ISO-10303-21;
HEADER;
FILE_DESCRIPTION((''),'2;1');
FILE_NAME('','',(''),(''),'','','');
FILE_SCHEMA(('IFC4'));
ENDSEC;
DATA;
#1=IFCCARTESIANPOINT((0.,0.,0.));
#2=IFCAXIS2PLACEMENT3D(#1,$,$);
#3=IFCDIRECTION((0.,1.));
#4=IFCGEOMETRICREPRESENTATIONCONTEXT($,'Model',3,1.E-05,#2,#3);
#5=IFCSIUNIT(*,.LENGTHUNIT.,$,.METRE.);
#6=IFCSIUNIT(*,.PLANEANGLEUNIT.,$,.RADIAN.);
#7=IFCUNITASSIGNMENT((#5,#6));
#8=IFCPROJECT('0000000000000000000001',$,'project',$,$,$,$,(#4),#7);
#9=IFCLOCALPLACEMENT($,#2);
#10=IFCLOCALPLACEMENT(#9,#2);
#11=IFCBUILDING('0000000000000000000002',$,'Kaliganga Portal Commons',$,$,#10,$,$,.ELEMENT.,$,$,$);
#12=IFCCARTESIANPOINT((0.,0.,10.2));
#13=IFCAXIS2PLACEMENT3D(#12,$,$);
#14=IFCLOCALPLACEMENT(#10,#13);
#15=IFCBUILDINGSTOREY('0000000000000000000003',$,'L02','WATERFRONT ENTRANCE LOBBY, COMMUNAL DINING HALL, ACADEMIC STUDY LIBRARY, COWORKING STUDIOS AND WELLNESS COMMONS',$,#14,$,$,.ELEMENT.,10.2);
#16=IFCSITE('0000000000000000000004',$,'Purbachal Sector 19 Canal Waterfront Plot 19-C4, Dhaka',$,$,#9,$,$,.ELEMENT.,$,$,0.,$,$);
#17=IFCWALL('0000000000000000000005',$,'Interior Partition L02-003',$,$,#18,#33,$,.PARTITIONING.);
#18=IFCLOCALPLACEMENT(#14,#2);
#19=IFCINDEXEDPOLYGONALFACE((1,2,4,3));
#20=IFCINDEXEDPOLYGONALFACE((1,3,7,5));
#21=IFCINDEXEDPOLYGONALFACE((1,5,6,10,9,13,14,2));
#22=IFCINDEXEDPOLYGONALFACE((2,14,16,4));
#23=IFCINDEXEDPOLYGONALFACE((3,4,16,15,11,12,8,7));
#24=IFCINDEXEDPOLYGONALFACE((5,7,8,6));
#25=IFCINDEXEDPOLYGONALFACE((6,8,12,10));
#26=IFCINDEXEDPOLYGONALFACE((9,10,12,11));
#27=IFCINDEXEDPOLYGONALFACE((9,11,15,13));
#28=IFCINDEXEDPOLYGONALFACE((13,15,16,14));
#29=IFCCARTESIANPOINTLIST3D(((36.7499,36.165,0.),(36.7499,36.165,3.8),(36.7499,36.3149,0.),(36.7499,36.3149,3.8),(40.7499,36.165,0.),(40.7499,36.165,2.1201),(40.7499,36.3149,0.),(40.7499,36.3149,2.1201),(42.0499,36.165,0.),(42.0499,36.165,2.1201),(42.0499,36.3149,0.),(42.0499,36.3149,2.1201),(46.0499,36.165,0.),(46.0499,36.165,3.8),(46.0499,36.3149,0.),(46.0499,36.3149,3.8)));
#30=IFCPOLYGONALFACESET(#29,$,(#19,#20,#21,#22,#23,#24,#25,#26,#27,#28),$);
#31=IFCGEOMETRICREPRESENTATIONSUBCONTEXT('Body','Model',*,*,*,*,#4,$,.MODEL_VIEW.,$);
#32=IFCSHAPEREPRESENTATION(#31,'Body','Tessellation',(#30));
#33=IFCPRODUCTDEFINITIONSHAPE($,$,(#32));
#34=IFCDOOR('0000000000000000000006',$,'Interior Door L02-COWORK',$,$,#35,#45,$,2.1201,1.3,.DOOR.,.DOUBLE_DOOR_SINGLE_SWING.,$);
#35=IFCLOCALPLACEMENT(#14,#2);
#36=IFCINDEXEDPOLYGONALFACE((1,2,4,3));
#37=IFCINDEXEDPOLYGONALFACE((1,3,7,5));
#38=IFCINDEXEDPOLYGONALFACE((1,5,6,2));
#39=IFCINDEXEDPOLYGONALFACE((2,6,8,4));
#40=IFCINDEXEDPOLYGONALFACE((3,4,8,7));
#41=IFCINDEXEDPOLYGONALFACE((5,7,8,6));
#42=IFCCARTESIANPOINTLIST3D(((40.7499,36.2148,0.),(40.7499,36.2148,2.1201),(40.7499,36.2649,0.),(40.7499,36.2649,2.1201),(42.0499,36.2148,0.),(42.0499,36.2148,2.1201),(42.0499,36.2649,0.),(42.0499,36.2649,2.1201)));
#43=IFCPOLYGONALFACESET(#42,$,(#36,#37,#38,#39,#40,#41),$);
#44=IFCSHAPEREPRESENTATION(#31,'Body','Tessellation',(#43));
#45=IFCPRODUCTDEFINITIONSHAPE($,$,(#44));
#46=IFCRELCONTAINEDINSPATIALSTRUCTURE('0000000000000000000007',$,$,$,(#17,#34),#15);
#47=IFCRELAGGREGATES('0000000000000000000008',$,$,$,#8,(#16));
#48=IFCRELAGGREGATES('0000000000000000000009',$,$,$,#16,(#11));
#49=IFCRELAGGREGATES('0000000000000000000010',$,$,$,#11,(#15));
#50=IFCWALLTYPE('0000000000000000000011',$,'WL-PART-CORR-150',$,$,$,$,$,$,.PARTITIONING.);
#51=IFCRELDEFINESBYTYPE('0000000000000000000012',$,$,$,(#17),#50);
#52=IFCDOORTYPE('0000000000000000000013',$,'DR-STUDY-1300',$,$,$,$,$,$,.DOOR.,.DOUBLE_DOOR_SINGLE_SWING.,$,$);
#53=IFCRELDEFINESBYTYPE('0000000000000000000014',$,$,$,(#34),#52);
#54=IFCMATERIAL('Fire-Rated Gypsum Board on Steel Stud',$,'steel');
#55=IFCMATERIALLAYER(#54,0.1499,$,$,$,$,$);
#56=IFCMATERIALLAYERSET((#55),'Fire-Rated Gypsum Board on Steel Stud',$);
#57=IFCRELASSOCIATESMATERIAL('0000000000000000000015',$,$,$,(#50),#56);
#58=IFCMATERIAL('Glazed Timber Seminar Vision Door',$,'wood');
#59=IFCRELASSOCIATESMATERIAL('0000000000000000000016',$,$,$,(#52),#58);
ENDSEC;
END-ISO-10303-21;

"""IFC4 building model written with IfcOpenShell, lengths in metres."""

from ifc_helpers import new_model, si_unit, direction, frame, frame_2d, origin, place, context, subcontext, project, spatial, rectangle, extrude, material, layer, layer_set, type_object, element, fill, save


model = new_model("IFC4")

# Units and contexts
model_context = context("Model", 3, precision=1e-05, world=origin(), true_north=direction((0.0, 1.0)))
body_context = subcontext(model_context, "Body", "Model", "MODEL_VIEW")
ifc_project = project(units=[si_unit("LENGTHUNIT", "METRE"), si_unit("PLANEANGLEUNIT", "RADIAN")], contexts=[model_context])

# Site, building, storey
site_placement = place(None, origin())
site = spatial("IfcSite", under=ifc_project, at=site_placement, Name="Purbachal Sector 19 Canal Waterfront Plot 19-C4, Dhaka", CompositionType="ELEMENT", RefElevation=0.0)
building_placement = place(site_placement, origin())
building = spatial("IfcBuilding", under=site, at=building_placement, Name="Kaliganga Portal Commons", CompositionType="ELEMENT")
storey_placement = place(building_placement, frame((0.0, 0.0, 10.2)))
storey = spatial("IfcBuildingStorey", under=building, at=storey_placement, Name="L02", Description="WATERFRONT ENTRANCE LOBBY, COMMUNAL DINING HALL, ACADEMIC STUDY LIBRARY, COWORKING STUDIOS AND WELLNESS COMMONS", CompositionType="ELEMENT", Elevation=10.2)

# Wall, opening, door
ifc_material_1 = material(Name="Fire-Rated Gypsum Board on Steel Stud", Category="steel")
ifc_layer_1 = layer(ifc_material_1, 0.1499)
ifc_layer_set_1 = layer_set([ifc_layer_1], Name="Fire-Rated Gypsum Board on Steel Stud")
wall_type = type_object("IfcWallType", Name="WL-PART-CORR-150", PredefinedType="PARTITIONING", material=ifc_layer_set_1)
wall_placement = place(storey_placement, frame((36.75, 36.24, 0.0), z_axis=(0.0, 0.0, 1.0), x_axis=(1.0, 0.0, 0.0)))
wall = element("IfcWall", 1, at=wall_placement, inside=storey, type_object=wall_type, Name="Interior Partition L02-003", PredefinedType="PARTITIONING", context=body_context, shape_type="SweptSolid", body=[
    extrude(rectangle(XDim=9.3, YDim=0.1499, at=frame_2d((4.6499, 0.0))), origin(), (0.0, 0.0, 1.0), 3.8),
])
opening_placement = place(wall_placement, frame((4.0, 0.0, 0.0)))
opening = element("IfcOpeningElement", 2, at=opening_placement, cuts=wall, PredefinedType="OPENING", context=body_context, shape_type="SweptSolid", body=[
    extrude(rectangle(XDim=1.3, YDim=2.1201, at=frame_2d((0.6499, 1.0601))), frame((0.0, 0.085, 0.0), z_axis=(0.0, -1.0, 0.0), x_axis=(1.0, 0.0, 0.0)), (0.0, 0.0, 1.0), 0.1699),
])
ifc_material_2 = material(Name="Glazed Timber Seminar Vision Door", Category="wood")
door_type = type_object("IfcDoorType", Name="DR-STUDY-1300", OperationType="DOUBLE_DOOR_SINGLE_SWING", PredefinedType="DOOR", material=ifc_material_2)
door_placement = place(opening_placement, origin())
door = element("IfcDoor", 3, at=door_placement, inside=storey, type_object=door_type, Name="Interior Door L02-COWORK", OperationType="DOUBLE_DOOR_SINGLE_SWING", OverallHeight=2.1201, OverallWidth=1.3, PredefinedType="DOOR", context=body_context, shape_type="SweptSolid", body=[
    extrude(rectangle(XDim=1.3, YDim=2.1201, at=frame_2d((0.6499, 1.0601))), frame((0.0, 0.0249, 0.0), z_axis=(0.0, -1.0, 0.0), x_axis=(1.0, 0.0, 0.0)), (0.0, 0.0, 1.0), 0.05),
])
fill(opening, door)

save(model, "model.ifc")
